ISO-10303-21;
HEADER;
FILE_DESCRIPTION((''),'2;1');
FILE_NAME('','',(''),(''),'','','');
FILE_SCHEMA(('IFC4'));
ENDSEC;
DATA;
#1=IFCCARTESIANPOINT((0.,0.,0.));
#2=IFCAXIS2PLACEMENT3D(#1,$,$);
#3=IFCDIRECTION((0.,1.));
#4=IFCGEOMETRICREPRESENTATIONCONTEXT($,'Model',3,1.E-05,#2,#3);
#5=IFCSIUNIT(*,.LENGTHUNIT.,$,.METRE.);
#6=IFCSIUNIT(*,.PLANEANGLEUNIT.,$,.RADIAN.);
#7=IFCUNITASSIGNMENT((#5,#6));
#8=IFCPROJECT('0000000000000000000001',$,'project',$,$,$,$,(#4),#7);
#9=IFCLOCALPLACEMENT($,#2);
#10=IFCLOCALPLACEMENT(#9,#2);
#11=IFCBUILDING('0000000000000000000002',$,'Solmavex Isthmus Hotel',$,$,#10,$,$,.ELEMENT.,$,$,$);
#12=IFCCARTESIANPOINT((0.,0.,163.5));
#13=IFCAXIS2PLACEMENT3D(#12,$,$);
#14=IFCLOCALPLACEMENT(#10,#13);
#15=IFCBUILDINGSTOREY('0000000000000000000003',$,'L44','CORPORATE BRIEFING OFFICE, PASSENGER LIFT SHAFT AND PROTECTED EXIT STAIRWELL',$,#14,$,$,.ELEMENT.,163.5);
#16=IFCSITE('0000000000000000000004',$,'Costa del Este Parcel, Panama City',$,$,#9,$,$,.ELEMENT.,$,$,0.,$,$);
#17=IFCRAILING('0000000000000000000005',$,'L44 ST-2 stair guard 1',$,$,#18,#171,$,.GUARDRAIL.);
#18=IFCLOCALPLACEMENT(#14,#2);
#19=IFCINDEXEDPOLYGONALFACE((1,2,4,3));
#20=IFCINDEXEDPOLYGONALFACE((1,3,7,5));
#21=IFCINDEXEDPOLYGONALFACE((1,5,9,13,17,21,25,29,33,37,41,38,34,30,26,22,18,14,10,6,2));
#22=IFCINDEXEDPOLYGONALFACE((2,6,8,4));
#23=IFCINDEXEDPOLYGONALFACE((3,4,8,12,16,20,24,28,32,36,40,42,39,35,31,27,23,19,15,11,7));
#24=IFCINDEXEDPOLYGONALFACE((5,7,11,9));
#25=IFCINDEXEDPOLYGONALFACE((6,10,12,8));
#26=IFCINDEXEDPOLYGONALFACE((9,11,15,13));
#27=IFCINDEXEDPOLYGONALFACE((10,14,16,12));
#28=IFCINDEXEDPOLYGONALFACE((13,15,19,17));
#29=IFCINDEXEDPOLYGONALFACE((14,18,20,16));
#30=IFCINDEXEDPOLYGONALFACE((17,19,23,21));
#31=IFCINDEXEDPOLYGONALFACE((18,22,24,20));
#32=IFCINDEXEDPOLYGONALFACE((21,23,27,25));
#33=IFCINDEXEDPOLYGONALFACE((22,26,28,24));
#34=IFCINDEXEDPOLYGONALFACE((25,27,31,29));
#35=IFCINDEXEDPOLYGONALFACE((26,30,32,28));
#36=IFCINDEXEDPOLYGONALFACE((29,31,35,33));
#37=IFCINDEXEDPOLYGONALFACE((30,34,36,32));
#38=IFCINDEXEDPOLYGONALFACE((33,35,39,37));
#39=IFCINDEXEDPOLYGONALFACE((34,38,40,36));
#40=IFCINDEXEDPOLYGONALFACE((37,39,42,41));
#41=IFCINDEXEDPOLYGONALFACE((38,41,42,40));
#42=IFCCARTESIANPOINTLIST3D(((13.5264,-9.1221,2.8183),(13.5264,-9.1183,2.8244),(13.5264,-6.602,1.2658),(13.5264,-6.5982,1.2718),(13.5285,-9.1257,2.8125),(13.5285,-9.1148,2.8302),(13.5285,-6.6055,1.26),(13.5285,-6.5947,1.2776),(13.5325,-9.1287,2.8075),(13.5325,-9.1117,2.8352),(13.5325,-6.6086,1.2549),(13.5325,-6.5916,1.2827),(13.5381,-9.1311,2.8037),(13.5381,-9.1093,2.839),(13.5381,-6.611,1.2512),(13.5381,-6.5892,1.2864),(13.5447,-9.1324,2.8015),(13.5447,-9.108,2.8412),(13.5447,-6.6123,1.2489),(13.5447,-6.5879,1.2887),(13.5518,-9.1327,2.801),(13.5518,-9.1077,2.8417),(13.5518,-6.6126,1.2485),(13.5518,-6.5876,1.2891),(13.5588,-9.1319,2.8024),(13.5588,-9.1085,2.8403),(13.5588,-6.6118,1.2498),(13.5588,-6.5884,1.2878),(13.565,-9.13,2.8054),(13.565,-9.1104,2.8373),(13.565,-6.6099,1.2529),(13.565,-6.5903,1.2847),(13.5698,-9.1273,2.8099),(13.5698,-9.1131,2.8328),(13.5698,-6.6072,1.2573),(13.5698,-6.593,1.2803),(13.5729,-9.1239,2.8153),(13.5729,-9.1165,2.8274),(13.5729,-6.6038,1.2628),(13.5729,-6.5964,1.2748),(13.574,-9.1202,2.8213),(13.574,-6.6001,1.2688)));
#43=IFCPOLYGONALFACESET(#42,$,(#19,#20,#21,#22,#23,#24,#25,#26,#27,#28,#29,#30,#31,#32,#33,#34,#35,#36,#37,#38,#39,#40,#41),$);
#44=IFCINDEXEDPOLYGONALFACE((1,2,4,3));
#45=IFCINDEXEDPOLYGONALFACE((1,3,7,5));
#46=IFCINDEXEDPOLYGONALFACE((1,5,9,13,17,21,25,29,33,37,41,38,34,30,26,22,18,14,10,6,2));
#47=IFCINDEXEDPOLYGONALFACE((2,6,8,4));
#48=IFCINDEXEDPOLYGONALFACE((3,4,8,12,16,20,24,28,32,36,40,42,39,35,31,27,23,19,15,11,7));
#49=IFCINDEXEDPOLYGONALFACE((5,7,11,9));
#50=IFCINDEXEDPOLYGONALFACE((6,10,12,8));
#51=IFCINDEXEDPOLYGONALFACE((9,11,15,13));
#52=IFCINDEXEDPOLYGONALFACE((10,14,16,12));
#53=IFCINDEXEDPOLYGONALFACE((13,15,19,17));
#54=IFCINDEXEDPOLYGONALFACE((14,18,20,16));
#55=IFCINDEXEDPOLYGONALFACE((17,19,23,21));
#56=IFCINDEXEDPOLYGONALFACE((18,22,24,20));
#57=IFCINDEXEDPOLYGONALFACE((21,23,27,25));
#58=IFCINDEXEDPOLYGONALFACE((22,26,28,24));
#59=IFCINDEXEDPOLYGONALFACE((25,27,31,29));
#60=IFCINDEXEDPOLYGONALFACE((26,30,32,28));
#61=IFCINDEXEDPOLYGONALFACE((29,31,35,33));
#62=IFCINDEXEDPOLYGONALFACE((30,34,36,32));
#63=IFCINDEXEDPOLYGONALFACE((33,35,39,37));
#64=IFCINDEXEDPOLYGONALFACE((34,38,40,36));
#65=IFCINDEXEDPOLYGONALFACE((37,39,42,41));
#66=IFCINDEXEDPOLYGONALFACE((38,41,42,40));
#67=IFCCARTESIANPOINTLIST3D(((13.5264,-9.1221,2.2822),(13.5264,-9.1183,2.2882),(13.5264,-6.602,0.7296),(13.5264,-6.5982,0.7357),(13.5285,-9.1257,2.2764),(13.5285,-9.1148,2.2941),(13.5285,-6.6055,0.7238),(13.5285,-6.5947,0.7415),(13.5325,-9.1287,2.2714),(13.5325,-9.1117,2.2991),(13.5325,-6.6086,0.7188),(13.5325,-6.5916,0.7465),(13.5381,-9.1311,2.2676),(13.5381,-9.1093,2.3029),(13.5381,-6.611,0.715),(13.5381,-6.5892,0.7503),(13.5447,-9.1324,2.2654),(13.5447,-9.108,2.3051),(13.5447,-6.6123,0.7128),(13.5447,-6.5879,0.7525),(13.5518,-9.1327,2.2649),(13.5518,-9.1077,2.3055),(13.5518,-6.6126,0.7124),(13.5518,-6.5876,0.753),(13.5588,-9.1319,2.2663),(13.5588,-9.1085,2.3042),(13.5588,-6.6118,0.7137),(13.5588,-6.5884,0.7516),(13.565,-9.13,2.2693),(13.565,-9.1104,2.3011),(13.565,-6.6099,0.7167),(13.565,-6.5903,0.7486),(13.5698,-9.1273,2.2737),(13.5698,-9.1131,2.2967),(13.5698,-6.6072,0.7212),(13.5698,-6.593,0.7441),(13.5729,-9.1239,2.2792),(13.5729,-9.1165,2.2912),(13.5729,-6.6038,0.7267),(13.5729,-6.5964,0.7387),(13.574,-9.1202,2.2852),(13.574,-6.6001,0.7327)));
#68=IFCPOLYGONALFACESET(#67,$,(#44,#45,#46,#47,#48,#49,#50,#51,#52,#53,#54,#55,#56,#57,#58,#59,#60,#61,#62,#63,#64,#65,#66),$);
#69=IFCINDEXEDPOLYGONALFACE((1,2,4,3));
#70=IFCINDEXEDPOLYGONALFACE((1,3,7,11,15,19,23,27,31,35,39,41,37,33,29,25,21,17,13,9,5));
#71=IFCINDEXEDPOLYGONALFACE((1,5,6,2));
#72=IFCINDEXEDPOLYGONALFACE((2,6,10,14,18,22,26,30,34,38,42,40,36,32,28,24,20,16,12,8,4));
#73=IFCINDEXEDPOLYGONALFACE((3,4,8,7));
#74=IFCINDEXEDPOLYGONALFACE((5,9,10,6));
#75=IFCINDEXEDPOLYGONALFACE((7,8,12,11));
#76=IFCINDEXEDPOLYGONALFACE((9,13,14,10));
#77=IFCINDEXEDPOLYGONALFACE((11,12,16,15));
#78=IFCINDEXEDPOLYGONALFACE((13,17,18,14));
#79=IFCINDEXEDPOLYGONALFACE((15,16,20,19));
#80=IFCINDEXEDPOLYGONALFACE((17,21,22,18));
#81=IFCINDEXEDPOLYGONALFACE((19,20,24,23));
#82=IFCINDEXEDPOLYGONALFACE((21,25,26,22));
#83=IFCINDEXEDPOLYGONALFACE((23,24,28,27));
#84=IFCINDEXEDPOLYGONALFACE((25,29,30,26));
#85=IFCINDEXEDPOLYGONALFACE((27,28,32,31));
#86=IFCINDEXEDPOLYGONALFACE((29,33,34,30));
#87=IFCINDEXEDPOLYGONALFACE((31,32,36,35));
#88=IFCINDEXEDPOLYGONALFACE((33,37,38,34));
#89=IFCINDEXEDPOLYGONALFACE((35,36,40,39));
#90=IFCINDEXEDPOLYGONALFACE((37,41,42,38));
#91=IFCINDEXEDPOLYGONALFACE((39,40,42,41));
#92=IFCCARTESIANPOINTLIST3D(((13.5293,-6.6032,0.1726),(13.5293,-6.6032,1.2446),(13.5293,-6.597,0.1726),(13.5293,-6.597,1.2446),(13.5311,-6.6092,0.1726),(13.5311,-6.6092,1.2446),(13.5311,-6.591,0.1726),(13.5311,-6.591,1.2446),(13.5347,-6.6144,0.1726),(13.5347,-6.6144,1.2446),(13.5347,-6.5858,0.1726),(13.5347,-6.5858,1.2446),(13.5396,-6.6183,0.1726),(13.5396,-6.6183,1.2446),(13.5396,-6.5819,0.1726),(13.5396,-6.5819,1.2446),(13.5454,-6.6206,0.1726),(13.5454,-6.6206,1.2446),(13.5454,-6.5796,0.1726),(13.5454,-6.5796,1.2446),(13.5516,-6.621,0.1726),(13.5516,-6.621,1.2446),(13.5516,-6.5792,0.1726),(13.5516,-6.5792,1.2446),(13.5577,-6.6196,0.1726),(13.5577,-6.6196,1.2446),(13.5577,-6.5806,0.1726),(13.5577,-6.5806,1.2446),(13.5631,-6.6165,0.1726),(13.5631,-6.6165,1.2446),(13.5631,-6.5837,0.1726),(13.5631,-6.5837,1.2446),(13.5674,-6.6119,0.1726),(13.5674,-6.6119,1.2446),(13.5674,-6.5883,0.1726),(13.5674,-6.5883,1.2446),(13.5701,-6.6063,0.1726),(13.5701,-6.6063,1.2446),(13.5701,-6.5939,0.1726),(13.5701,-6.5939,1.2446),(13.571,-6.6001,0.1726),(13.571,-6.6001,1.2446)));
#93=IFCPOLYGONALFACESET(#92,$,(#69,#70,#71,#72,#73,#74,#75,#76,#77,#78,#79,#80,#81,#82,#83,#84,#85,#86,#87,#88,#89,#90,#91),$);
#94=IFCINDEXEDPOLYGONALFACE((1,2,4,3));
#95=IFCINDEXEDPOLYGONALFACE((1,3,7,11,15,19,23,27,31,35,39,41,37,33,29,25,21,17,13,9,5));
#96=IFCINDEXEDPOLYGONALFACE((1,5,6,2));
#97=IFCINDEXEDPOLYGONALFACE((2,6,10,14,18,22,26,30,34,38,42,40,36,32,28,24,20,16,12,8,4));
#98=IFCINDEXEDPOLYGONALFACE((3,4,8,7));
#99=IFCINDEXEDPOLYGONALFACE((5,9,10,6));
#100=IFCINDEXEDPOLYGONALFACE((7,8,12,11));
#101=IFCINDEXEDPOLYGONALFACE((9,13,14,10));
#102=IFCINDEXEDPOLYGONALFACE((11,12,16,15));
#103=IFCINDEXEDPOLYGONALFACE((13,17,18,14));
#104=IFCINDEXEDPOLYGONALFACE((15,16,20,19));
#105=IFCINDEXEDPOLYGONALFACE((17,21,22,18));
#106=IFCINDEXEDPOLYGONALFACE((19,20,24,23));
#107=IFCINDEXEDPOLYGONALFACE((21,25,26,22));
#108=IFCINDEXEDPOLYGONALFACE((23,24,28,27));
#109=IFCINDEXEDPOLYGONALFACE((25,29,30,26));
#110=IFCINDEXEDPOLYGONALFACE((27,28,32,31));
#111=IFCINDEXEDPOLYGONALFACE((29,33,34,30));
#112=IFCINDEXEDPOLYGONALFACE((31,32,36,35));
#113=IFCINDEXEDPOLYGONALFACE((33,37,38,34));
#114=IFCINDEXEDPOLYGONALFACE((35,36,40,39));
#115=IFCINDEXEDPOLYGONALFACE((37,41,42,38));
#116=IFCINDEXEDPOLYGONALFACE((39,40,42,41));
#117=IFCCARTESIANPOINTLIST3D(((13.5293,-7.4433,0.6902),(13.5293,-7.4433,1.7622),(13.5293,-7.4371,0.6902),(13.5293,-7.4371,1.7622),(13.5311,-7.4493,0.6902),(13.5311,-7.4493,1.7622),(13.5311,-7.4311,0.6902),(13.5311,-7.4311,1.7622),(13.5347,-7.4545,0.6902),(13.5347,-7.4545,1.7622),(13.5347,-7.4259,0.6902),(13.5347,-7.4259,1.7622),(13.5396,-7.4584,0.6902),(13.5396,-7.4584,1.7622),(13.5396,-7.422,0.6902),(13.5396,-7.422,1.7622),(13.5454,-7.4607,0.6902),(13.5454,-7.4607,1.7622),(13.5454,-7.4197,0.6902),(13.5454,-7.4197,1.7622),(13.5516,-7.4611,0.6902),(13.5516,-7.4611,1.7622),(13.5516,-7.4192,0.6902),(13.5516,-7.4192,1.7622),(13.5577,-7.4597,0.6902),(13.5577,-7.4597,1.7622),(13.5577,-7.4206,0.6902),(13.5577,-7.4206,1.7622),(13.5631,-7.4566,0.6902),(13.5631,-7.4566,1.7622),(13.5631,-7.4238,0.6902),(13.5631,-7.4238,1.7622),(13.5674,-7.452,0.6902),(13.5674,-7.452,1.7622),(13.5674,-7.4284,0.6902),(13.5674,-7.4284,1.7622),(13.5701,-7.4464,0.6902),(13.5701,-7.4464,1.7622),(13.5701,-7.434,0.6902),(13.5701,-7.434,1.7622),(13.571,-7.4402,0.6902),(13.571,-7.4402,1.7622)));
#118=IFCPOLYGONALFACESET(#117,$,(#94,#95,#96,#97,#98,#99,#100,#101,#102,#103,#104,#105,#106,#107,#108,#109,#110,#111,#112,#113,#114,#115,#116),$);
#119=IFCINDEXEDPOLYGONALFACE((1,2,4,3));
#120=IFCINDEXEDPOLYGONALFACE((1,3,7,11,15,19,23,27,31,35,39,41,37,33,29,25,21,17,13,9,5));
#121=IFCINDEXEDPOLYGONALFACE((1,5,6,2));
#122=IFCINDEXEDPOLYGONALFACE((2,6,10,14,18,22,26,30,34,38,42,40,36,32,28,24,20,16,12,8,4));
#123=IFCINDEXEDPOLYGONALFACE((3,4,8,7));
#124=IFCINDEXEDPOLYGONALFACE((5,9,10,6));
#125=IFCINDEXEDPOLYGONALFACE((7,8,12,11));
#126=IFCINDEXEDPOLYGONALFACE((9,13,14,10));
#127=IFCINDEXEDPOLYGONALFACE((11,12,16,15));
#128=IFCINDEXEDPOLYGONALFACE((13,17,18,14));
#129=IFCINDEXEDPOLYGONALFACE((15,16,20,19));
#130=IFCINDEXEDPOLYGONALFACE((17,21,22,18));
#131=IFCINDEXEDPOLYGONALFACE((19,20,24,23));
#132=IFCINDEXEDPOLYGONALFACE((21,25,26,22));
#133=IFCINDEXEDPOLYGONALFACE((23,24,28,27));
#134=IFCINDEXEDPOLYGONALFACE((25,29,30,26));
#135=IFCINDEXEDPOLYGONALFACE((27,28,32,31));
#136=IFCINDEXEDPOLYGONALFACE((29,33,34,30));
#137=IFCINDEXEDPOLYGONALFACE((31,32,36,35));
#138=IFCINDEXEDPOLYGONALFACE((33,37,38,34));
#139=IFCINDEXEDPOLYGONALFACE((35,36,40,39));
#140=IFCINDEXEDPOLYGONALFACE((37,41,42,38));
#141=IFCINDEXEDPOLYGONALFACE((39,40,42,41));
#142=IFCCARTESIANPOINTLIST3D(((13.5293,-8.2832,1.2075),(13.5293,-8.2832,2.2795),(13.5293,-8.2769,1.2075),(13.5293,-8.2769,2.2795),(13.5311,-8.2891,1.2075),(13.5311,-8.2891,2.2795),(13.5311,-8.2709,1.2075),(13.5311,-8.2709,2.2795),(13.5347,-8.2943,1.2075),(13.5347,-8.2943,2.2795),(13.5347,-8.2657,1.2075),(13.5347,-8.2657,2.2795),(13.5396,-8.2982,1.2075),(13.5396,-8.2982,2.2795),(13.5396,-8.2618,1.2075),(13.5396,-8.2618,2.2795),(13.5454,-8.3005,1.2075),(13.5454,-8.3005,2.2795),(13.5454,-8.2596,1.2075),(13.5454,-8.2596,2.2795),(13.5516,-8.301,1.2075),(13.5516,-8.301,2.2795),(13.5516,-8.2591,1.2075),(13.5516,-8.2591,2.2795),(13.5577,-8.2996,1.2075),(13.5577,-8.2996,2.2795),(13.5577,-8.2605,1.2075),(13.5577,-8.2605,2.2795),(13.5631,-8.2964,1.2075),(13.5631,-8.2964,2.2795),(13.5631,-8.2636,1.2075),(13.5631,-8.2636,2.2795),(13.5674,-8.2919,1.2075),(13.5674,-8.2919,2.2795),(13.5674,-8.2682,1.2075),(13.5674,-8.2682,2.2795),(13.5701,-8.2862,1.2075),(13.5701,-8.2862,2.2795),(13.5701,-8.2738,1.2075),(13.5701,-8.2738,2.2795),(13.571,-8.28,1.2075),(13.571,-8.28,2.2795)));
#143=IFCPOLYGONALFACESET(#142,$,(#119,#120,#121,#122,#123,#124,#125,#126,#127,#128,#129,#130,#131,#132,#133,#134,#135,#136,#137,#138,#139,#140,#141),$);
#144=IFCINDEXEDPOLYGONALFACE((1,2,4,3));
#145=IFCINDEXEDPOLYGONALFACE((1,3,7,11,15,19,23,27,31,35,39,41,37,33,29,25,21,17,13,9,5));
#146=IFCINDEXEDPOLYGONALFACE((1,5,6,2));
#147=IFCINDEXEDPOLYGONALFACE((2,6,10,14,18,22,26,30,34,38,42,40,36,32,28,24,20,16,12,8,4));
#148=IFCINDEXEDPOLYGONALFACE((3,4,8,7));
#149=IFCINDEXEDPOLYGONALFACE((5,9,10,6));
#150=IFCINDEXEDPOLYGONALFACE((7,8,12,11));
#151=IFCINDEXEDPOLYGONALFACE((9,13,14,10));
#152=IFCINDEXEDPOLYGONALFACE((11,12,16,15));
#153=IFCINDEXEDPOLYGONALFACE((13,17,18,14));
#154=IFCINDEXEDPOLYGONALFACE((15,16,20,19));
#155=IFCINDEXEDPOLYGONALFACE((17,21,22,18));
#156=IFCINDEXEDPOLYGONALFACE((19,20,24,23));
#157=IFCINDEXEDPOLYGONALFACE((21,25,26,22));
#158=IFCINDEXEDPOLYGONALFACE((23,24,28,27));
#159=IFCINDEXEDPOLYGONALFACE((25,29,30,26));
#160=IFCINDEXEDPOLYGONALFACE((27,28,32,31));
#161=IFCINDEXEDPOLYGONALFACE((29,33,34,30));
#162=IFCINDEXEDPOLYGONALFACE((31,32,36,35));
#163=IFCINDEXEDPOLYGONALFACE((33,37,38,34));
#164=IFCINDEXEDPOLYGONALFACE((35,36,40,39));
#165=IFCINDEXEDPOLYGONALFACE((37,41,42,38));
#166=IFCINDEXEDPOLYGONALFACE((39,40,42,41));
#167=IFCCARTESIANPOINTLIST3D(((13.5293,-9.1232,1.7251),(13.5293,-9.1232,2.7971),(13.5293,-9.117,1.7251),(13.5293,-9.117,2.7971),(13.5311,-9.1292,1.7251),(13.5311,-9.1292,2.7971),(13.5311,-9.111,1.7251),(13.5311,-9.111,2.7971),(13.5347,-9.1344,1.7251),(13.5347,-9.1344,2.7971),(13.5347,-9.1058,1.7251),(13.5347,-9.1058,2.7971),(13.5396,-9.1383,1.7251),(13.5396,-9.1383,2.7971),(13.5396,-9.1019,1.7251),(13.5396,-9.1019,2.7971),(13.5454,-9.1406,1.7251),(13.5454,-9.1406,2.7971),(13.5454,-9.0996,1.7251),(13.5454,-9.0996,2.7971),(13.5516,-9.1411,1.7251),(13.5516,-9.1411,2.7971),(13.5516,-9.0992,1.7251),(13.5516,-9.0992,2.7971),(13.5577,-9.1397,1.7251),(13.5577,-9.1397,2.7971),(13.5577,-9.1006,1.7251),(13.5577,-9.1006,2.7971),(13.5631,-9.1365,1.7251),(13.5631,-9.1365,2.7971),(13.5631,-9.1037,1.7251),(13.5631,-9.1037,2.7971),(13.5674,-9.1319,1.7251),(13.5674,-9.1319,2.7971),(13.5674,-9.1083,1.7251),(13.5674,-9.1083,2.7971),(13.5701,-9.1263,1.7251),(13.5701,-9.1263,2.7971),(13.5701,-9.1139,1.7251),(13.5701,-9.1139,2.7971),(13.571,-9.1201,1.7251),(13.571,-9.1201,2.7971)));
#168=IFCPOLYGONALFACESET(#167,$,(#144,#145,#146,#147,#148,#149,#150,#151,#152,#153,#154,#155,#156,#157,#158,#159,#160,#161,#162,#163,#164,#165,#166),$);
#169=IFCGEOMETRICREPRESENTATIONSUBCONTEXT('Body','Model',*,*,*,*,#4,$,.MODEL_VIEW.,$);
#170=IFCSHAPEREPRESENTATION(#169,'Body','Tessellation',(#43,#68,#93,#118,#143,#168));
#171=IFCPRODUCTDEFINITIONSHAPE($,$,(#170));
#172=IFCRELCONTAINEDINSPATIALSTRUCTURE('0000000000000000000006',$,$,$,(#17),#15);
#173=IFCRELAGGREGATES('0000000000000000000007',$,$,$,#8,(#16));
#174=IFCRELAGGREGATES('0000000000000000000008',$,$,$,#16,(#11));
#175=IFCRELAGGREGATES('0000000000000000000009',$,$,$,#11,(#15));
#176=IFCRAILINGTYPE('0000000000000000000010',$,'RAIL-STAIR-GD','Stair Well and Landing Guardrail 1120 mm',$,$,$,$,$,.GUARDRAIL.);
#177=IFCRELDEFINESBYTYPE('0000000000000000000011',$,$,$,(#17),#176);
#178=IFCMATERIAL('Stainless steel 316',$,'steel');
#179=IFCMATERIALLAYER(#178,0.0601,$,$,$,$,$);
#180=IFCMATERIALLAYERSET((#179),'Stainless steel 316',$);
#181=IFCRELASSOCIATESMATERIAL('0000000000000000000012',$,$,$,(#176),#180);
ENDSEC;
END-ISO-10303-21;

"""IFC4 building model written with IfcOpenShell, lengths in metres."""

from ifc_helpers import new_model, si_unit, direction, frame, origin, origin_2d, place, context, subcontext, project, spatial, circle, extrude, material, layer, layer_set, type_object, element, save


model = new_model("IFC4")

# Units and contexts
model_context = context("Model", 3, precision=1e-05, world=origin(), true_north=direction((0.0, 1.0)))
body_context = subcontext(model_context, "Body", "Model", "MODEL_VIEW")
ifc_project = project(units=[si_unit("LENGTHUNIT", "METRE"), si_unit("PLANEANGLEUNIT", "RADIAN")], contexts=[model_context])

# Site, building, storey
site_placement = place(None, origin())
site = spatial("IfcSite", under=ifc_project, at=site_placement, Name="Costa del Este Parcel, Panama City", CompositionType="ELEMENT", RefElevation=0.0)
building_placement = place(site_placement, origin())
building = spatial("IfcBuilding", under=site, at=building_placement, Name="Solmavex Isthmus Hotel", CompositionType="ELEMENT")
storey_placement = place(building_placement, frame((0.0, 0.0, 163.5)))
storey = spatial("IfcBuildingStorey", under=building, at=storey_placement, Name="L44", Description="CORPORATE BRIEFING OFFICE, PASSENGER LIFT SHAFT AND PROTECTED EXIT STAIRWELL", CompositionType="ELEMENT", Elevation=163.5)

# Shared definitions
ifc_material_1 = material(Name="Stainless steel 316", Category="steel")

# Railing
ifc_layer_1 = layer(ifc_material_1, 0.0601)
ifc_layer_set_1 = layer_set([ifc_layer_1], Name="Stainless steel 316")
railing_type_1 = type_object("IfcRailingType", Name="RAIL-STAIR-GD", Description="Stair Well and Landing Guardrail 1120 mm", PredefinedType="GUARDRAIL", material=ifc_layer_set_1)
railing_1_placement = place(storey_placement, frame((13.55, -6.6001, 0.1726)))
element("IfcRailing", 1, at=railing_1_placement, inside=storey, type_object=railing_type_1, Name="L44 ST-2 stair guard 1", PredefinedType="GUARDRAIL", context=body_context, shape_type="SweptSolid", body=[
    extrude(circle(Radius=0.0239, at=origin_2d()), frame((0.0, 0.0, 1.0962), z_axis=(0.0, -0.8514, 0.524516), x_axis=(1.0, 0.0, 0.0)), (0.0, 0.0, 1.0), 2.96),
    extrude(circle(Radius=0.0239, at=origin_2d()), frame((0.0, 0.0, 0.5601), z_axis=(0.0, -0.8514, 0.524516), x_axis=(1.0, 0.0, 0.0)), (0.0, 0.0, 1.0), 2.96),
    extrude(circle(Radius=0.021, at=origin_2d()), origin(), (0.0, 0.0, 1.0), 1.072),
    extrude(circle(Radius=0.021, at=origin_2d()), frame((0.0, -0.8401, 0.5176)), (0.0, 0.0, 1.0), 1.072),
    extrude(circle(Radius=0.021, at=origin_2d()), frame((0.0, -1.6799, 1.0349)), (0.0, 0.0, 1.0), 1.072),
    extrude(circle(Radius=0.021, at=origin_2d()), frame((0.0, -2.52, 1.5525)), (0.0, 0.0, 1.0), 1.072),
])

save(model, "model.ifc")
